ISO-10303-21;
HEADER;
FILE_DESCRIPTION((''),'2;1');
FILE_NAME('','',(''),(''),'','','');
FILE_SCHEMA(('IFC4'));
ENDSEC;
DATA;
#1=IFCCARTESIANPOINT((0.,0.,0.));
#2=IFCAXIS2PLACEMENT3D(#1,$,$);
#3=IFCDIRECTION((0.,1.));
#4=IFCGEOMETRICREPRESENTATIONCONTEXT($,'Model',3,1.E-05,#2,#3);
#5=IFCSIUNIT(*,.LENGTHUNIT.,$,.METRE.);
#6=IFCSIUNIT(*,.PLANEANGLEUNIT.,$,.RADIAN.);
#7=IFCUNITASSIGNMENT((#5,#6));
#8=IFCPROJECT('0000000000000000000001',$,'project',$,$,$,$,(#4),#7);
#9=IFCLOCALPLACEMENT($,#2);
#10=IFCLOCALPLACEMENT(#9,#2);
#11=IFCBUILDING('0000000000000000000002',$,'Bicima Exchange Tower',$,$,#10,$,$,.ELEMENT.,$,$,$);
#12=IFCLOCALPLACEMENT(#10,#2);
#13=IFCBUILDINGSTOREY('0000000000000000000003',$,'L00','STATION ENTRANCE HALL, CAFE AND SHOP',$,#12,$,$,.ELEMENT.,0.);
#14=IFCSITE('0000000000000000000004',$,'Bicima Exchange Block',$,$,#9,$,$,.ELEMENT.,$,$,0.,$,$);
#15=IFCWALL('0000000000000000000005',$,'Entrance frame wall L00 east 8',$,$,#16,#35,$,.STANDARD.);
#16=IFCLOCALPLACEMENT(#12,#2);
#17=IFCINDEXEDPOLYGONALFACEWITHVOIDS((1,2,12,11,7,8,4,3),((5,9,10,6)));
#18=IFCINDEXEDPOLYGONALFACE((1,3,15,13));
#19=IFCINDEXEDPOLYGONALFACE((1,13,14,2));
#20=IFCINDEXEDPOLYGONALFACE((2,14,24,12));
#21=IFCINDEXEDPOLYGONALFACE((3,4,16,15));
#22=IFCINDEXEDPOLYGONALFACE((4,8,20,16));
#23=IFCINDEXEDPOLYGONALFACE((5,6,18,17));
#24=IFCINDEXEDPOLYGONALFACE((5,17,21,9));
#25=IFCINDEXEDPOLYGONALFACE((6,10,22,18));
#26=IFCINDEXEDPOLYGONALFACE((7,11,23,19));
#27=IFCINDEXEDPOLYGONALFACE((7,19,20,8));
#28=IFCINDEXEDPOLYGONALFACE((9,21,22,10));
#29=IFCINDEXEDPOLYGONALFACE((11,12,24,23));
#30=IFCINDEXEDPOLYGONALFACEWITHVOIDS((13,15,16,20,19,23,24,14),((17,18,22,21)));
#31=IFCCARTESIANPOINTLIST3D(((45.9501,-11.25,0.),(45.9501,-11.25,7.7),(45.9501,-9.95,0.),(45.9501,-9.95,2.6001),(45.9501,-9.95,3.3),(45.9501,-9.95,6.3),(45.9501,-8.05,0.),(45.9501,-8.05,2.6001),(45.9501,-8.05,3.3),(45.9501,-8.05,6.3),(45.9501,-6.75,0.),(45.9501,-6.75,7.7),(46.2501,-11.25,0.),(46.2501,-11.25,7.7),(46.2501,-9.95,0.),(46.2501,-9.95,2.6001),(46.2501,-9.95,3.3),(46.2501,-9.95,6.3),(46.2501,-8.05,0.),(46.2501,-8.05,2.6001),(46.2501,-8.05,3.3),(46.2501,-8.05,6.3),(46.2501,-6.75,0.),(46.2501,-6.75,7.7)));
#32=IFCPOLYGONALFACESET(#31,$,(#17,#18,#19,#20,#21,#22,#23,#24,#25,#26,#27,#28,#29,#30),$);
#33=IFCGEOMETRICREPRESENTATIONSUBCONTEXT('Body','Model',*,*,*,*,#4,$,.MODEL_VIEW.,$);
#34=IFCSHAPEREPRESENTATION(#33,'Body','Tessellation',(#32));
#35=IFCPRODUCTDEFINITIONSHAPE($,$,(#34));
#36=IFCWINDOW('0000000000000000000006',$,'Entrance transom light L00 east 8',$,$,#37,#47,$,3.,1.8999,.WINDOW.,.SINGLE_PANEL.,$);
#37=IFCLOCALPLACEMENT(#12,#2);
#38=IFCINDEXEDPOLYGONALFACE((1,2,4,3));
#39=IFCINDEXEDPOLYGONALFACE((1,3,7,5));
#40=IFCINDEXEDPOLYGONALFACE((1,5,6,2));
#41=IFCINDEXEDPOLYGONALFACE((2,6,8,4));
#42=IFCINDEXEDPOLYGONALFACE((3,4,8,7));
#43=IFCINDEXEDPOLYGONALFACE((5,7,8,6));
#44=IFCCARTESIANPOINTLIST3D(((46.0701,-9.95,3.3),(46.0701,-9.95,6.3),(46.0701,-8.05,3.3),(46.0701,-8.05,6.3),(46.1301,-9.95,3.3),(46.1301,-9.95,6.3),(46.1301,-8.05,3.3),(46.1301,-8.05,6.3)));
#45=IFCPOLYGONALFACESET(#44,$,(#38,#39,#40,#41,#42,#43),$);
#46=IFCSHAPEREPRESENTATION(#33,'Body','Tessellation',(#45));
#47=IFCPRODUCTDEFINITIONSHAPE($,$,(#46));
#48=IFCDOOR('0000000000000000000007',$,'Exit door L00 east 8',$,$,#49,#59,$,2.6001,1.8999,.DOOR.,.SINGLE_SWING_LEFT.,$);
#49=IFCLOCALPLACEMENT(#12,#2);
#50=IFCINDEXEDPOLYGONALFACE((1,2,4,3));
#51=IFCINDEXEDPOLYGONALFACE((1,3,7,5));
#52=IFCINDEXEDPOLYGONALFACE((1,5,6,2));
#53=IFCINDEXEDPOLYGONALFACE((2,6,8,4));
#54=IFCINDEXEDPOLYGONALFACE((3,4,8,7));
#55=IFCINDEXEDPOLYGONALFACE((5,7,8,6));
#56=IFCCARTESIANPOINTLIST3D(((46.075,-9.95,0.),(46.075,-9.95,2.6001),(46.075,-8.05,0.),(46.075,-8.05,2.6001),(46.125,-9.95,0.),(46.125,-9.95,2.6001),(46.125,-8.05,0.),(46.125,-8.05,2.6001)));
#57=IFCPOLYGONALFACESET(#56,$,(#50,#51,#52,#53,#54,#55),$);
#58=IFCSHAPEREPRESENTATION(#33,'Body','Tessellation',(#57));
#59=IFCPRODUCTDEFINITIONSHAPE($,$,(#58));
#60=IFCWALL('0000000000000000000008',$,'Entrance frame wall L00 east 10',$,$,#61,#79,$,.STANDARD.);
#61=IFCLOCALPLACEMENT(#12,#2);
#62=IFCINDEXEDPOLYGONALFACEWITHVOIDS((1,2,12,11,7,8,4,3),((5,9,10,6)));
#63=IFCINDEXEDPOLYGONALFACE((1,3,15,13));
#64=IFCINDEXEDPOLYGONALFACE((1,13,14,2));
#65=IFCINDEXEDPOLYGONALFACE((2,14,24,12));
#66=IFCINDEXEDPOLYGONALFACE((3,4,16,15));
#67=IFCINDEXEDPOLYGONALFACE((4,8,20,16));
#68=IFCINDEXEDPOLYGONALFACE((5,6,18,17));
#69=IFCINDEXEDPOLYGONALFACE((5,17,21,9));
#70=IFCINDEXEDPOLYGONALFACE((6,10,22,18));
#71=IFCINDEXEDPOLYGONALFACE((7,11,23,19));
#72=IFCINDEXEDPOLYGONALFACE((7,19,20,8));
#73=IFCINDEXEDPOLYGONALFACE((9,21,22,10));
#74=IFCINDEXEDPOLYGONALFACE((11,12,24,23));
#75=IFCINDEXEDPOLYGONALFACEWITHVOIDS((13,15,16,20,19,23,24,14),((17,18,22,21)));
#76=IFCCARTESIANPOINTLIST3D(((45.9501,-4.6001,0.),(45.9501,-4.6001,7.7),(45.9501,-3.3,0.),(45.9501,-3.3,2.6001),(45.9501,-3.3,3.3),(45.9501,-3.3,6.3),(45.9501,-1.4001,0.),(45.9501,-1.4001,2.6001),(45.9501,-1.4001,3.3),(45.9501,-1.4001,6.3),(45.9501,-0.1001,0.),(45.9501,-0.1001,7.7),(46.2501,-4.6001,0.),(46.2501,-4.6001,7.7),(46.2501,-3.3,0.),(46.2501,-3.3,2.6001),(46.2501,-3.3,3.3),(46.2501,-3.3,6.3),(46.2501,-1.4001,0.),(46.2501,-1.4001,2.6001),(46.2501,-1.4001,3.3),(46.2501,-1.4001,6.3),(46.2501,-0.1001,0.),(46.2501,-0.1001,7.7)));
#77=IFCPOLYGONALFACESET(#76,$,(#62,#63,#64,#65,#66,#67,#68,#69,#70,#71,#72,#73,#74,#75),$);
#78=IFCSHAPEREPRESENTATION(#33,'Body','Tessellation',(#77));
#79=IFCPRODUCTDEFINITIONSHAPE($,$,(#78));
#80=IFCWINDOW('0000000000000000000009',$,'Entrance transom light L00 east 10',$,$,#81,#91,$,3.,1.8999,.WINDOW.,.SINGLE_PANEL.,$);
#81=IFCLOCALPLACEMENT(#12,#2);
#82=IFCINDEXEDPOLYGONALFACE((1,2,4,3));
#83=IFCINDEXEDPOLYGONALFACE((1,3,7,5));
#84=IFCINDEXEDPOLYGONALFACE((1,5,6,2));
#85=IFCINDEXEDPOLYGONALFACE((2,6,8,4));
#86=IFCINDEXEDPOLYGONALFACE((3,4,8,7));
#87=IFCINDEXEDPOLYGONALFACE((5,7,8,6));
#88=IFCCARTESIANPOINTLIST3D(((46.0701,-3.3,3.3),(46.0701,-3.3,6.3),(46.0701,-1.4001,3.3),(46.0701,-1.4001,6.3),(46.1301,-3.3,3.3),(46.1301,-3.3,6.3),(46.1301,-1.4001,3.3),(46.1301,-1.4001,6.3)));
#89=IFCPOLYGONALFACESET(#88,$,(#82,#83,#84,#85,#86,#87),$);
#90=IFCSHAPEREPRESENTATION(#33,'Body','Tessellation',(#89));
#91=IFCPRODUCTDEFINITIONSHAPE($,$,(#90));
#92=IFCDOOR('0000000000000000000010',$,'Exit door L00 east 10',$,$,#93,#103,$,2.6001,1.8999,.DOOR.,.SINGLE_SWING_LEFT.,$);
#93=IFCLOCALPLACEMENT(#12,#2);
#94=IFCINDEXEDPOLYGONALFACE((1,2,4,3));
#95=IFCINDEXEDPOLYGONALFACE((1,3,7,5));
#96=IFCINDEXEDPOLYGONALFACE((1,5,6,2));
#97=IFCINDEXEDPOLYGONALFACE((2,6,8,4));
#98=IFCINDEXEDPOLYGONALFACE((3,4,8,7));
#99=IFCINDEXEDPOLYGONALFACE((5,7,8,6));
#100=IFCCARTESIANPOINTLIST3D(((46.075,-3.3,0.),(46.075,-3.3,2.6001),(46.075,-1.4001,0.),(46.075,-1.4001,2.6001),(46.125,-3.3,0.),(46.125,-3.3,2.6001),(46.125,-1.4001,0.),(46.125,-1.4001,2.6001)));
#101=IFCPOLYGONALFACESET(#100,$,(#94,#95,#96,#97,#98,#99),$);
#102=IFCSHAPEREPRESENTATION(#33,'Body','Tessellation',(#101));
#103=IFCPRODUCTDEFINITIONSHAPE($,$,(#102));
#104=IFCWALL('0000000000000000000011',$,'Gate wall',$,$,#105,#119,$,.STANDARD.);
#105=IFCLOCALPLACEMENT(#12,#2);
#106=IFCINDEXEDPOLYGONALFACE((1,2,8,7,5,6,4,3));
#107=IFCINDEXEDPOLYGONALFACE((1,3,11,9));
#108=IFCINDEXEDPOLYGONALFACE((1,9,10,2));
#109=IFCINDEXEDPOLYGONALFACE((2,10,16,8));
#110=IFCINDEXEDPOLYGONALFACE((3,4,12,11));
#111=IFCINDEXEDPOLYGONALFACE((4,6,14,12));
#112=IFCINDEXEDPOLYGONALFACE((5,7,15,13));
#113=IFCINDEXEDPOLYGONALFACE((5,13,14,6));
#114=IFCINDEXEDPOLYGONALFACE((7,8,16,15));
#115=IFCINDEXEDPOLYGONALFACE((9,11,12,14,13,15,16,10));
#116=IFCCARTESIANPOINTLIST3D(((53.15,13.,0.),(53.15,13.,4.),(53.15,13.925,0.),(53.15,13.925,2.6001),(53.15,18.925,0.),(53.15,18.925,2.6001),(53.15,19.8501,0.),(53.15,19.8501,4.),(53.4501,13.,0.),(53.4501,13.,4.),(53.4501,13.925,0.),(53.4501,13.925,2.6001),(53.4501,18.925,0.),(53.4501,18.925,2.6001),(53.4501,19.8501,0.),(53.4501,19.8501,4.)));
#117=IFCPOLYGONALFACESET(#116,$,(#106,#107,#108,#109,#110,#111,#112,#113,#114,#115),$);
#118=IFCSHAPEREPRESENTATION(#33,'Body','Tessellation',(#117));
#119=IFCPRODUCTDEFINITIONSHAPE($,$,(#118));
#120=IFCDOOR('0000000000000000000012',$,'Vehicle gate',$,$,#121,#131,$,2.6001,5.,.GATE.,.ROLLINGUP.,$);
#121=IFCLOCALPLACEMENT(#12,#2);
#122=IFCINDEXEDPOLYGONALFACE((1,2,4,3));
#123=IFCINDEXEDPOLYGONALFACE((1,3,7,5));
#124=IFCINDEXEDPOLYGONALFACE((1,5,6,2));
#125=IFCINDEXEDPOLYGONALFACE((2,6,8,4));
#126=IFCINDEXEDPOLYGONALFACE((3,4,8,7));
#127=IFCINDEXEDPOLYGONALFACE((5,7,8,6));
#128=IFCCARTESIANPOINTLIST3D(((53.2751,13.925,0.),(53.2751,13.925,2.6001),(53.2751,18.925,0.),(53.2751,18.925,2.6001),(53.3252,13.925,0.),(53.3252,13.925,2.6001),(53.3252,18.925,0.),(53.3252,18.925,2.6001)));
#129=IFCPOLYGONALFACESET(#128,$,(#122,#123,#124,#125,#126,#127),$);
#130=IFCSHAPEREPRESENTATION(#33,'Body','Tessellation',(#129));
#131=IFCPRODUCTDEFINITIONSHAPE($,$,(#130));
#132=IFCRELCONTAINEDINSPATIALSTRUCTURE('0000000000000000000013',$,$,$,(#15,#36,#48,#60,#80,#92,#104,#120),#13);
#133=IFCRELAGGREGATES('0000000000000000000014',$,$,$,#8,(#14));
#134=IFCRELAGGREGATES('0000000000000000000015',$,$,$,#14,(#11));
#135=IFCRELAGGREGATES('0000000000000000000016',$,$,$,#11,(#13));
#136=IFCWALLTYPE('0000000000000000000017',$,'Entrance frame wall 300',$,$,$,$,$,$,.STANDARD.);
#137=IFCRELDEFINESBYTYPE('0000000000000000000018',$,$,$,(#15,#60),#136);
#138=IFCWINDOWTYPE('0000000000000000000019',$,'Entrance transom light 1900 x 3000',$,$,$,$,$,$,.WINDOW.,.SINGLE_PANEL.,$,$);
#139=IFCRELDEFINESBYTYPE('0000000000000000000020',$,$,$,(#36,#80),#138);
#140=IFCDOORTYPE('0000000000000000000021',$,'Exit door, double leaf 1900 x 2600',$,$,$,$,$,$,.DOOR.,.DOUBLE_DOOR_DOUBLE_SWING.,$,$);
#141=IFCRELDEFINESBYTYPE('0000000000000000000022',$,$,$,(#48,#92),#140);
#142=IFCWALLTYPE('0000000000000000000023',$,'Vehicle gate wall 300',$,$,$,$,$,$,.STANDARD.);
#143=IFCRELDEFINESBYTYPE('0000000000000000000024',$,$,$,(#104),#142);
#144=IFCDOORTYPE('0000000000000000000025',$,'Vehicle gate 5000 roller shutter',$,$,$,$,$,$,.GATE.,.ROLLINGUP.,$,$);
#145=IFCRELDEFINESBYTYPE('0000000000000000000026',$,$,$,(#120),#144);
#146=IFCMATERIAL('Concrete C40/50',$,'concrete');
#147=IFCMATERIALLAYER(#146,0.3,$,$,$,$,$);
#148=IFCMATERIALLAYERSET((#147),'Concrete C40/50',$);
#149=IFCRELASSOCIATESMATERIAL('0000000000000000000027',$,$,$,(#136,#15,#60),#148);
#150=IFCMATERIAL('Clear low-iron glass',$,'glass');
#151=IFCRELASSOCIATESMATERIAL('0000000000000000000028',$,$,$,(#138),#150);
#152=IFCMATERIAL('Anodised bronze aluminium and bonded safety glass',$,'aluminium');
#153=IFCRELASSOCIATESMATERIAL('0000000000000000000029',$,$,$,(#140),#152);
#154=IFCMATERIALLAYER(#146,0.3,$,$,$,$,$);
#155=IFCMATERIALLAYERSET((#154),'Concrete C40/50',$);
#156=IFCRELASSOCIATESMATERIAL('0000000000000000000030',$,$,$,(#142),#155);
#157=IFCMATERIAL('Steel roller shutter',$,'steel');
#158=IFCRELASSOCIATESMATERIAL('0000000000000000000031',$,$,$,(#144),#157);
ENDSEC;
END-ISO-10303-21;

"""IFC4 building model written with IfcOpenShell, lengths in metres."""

from ifc_helpers import new_model, si_unit, direction, frame, frame_2d, origin, place, context, subcontext, project, spatial, rectangle, extrude, material, layer, layer_set, layer_usage, type_object, element, fill, save


model = new_model("IFC4")

# Units and contexts
model_context = context("Model", 3, precision=1e-05, world=origin(), true_north=direction((0.0, 1.0)))
body_context = subcontext(model_context, "Body", "Model", "MODEL_VIEW")
ifc_project = project(units=[si_unit("LENGTHUNIT", "METRE"), si_unit("PLANEANGLEUNIT", "RADIAN")], contexts=[model_context])

# Site, building, storey
site_placement = place(None, origin())
site = spatial("IfcSite", under=ifc_project, at=site_placement, Name="Bicima Exchange Block", CompositionType="ELEMENT", RefElevation=0.0)
building_placement = place(site_placement, origin())
building = spatial("IfcBuilding", under=site, at=building_placement, Name="Bicima Exchange Tower", CompositionType="ELEMENT")
storey_placement = place(building_placement, origin())
storey = spatial("IfcBuildingStorey", under=building, at=storey_placement, Name="L00", Description="STATION ENTRANCE HALL, CAFE AND SHOP", CompositionType="ELEMENT", Elevation=0.0)

# Shared definitions
ifc_material_1 = material(Name="Clear low-iron glass", Category="glass")

# Walls, openings, windows, doors
ifc_material_2 = material(Name="Concrete C40/50", Category="concrete")
ifc_layer_1 = layer(ifc_material_2, 0.3)
ifc_layer_set_1 = layer_set([ifc_layer_1], Name="Concrete C40/50")
ifc_layer_usage = layer_usage(ifc_layer_set_1, "AXIS2", "POSITIVE", -0.15)
wall_type_1 = type_object("IfcWallType", Name="Entrance frame wall 300", PredefinedType="STANDARD", material=ifc_layer_set_1)
wall_1_placement = place(storey_placement, frame((46.1001, -6.75, 0.0), z_axis=(0.0, 0.0, 1.0), x_axis=(0.0, -1.0, 0.0)))
wall_1 = element("IfcWall", 1, at=wall_1_placement, inside=storey, type_object=wall_type_1, material=ifc_layer_usage, Name="Entrance frame wall L00 east 8", PredefinedType="STANDARD", context=body_context, shape_type="SweptSolid", body=[
    extrude(rectangle(XDim=4.5, YDim=0.3, at=frame_2d((2.25, 0.0))), origin(), (0.0, 0.0, 1.0), 7.7),
])
opening_1_placement = place(wall_1_placement, frame((1.3, 0.0, 0.0)))
opening_1 = element("IfcOpeningElement", 2, at=opening_1_placement, cuts=wall_1, PredefinedType="OPENING", context=body_context, shape_type="SweptSolid", body=[
    extrude(rectangle(XDim=1.8999, YDim=2.6001, at=frame_2d((0.95, 1.3))), frame((0.0, 0.1621, 0.0), z_axis=(0.0, -1.0, 0.0), x_axis=(1.0, 0.0, 0.0)), (0.0, 0.0, 1.0), 0.324),
])
opening_2_placement = place(wall_1_placement, frame((1.3, 0.0, 3.3)))
opening_2 = element("IfcOpeningElement", 3, at=opening_2_placement, cuts=wall_1, PredefinedType="OPENING", context=body_context, shape_type="SweptSolid", body=[
    extrude(rectangle(XDim=1.8999, YDim=3.0, at=frame_2d((0.95, 1.5))), frame((0.0, 0.1621, 0.0), z_axis=(0.0, -1.0, 0.0), x_axis=(1.0, 0.0, 0.0)), (0.0, 0.0, 1.0), 0.324),
])
window_type = type_object("IfcWindowType", Name="Entrance transom light 1900 x 3000", PartitioningType="SINGLE_PANEL", PredefinedType="WINDOW", material=ifc_material_1)
window_1_placement = place(opening_2_placement, origin())
window_1 = element("IfcWindow", 4, at=window_1_placement, inside=storey, type_object=window_type, Name="Entrance transom light L00 east 8", OverallHeight=3.0, OverallWidth=1.8999, PartitioningType="SINGLE_PANEL", PredefinedType="WINDOW", context=body_context, shape_type="SweptSolid", body=[
    extrude(rectangle(XDim=1.8999, YDim=3.0, at=frame_2d((0.95, 1.5))), frame((0.0, 0.03, 0.0), z_axis=(0.0, -1.0, 0.0), x_axis=(1.0, 0.0, 0.0)), (0.0, 0.0, 1.0), 0.0601),
])
fill(opening_2, window_1)
ifc_material_3 = material(Name="Anodised bronze aluminium and bonded safety glass", Category="aluminium")
door_type_1 = type_object("IfcDoorType", Name="Exit door, double leaf 1900 x 2600", OperationType="DOUBLE_DOOR_DOUBLE_SWING", PredefinedType="DOOR", material=ifc_material_3)
door_1_placement = place(opening_1_placement, origin())
door_1 = element("IfcDoor", 5, at=door_1_placement, inside=storey, type_object=door_type_1, Name="Exit door L00 east 8", OperationType="SINGLE_SWING_LEFT", OverallHeight=2.6001, OverallWidth=1.8999, PredefinedType="DOOR", context=body_context, shape_type="SweptSolid", body=[
    extrude(rectangle(XDim=1.8999, YDim=2.6001, at=frame_2d((0.95, 1.3))), frame((0.0, 0.0249, 0.0), z_axis=(0.0, -1.0, 0.0), x_axis=(1.0, 0.0, 0.0)), (0.0, 0.0, 1.0), 0.05),
])
fill(opening_1, door_1)
wall_2_placement = place(storey_placement, frame((46.1001, -0.1001, 0.0), z_axis=(0.0, 0.0, 1.0), x_axis=(0.0, -1.0, 0.0)))
wall_2 = element("IfcWall", 6, at=wall_2_placement, inside=storey, type_object=wall_type_1, material=ifc_layer_usage, Name="Entrance frame wall L00 east 10", PredefinedType="STANDARD", context=body_context, shape_type="SweptSolid", body=[
    extrude(rectangle(XDim=4.5, YDim=0.3, at=frame_2d((2.25, 0.0))), origin(), (0.0, 0.0, 1.0), 7.7),
])
opening_3_placement = place(wall_2_placement, frame((1.3, 0.0, 0.0)))
opening_3 = element("IfcOpeningElement", 7, at=opening_3_placement, cuts=wall_2, PredefinedType="OPENING", context=body_context, shape_type="SweptSolid", body=[
    extrude(rectangle(XDim=1.8999, YDim=2.6001, at=frame_2d((0.95, 1.3))), frame((0.0, 0.1621, 0.0), z_axis=(0.0, -1.0, 0.0), x_axis=(1.0, 0.0, 0.0)), (0.0, 0.0, 1.0), 0.324),
])
opening_4_placement = place(wall_2_placement, frame((1.3, 0.0, 3.3)))
opening_4 = element("IfcOpeningElement", 8, at=opening_4_placement, cuts=wall_2, PredefinedType="OPENING", context=body_context, shape_type="SweptSolid", body=[
    extrude(rectangle(XDim=1.8999, YDim=3.0, at=frame_2d((0.95, 1.5))), frame((0.0, 0.1621, 0.0), z_axis=(0.0, -1.0, 0.0), x_axis=(1.0, 0.0, 0.0)), (0.0, 0.0, 1.0), 0.324),
])
window_2_placement = place(opening_4_placement, origin())
window_2 = element("IfcWindow", 9, at=window_2_placement, inside=storey, type_object=window_type, Name="Entrance transom light L00 east 10", OverallHeight=3.0, OverallWidth=1.8999, PartitioningType="SINGLE_PANEL", PredefinedType="WINDOW", context=body_context, shape_type="SweptSolid", body=[
    extrude(rectangle(XDim=1.8999, YDim=3.0, at=frame_2d((0.95, 1.5))), frame((0.0, 0.03, 0.0), z_axis=(0.0, -1.0, 0.0), x_axis=(1.0, 0.0, 0.0)), (0.0, 0.0, 1.0), 0.0601),
])
fill(opening_4, window_2)
door_2_placement = place(opening_3_placement, origin())
door_2 = element("IfcDoor", 10, at=door_2_placement, inside=storey, type_object=door_type_1, Name="Exit door L00 east 10", OperationType="SINGLE_SWING_LEFT", OverallHeight=2.6001, OverallWidth=1.8999, PredefinedType="DOOR", context=body_context, shape_type="SweptSolid", body=[
    extrude(rectangle(XDim=1.8999, YDim=2.6001, at=frame_2d((0.95, 1.3))), frame((0.0, 0.0249, 0.0), z_axis=(0.0, -1.0, 0.0), x_axis=(1.0, 0.0, 0.0)), (0.0, 0.0, 1.0), 0.05),
])
fill(opening_3, door_2)

# Wall, opening, door
ifc_layer_2 = layer(ifc_material_2, 0.3)
ifc_layer_set_2 = layer_set([ifc_layer_2], Name="Concrete C40/50")
wall_type_2 = type_object("IfcWallType", Name="Vehicle gate wall 300", PredefinedType="STANDARD", material=ifc_layer_set_2)
wall_3_placement = place(storey_placement, frame((53.3, 13.0, 0.0), z_axis=(0.0, 0.0, 1.0), x_axis=(0.0, 1.0, 0.0)))
wall_3 = element("IfcWall", 11, at=wall_3_placement, inside=storey, type_object=wall_type_2, Name="Gate wall", PredefinedType="STANDARD", context=body_context, shape_type="SweptSolid", body=[
    extrude(rectangle(XDim=6.8501, YDim=0.3, at=frame_2d((3.425, 0.0))), origin(), (0.0, 0.0, 1.0), 4.0),
])
opening_5_placement = place(wall_3_placement, frame((0.925, 0.0, 0.0)))
opening_5 = element("IfcOpeningElement", 12, at=opening_5_placement, cuts=wall_3, PredefinedType="OPENING", context=body_context, shape_type="SweptSolid", body=[
    extrude(rectangle(XDim=5.0, YDim=2.6001, at=frame_2d((2.5, 1.3))), frame((0.0, 0.1621, 0.0), z_axis=(0.0, -1.0, 0.0), x_axis=(1.0, 0.0, 0.0)), (0.0, 0.0, 1.0), 0.324),
])
ifc_material_4 = material(Name="Steel roller shutter", Category="steel")
door_type_2 = type_object("IfcDoorType", Name="Vehicle gate 5000 roller shutter", OperationType="ROLLINGUP", PredefinedType="GATE", material=ifc_material_4)
door_3_placement = place(opening_5_placement, origin())
door_3 = element("IfcDoor", 13, at=door_3_placement, inside=storey, type_object=door_type_2, Name="Vehicle gate", OperationType="ROLLINGUP", OverallHeight=2.6001, OverallWidth=5.0, PredefinedType="GATE", context=body_context, shape_type="SweptSolid", body=[
    extrude(rectangle(XDim=5.0, YDim=2.6001, at=frame_2d((2.5, 1.3))), frame((0.0, 0.0249, 0.0), z_axis=(0.0, -1.0, 0.0), x_axis=(1.0, 0.0, 0.0)), (0.0, 0.0, 1.0), 0.05),
])
fill(opening_5, door_3)

save(model, "model.ifc")
